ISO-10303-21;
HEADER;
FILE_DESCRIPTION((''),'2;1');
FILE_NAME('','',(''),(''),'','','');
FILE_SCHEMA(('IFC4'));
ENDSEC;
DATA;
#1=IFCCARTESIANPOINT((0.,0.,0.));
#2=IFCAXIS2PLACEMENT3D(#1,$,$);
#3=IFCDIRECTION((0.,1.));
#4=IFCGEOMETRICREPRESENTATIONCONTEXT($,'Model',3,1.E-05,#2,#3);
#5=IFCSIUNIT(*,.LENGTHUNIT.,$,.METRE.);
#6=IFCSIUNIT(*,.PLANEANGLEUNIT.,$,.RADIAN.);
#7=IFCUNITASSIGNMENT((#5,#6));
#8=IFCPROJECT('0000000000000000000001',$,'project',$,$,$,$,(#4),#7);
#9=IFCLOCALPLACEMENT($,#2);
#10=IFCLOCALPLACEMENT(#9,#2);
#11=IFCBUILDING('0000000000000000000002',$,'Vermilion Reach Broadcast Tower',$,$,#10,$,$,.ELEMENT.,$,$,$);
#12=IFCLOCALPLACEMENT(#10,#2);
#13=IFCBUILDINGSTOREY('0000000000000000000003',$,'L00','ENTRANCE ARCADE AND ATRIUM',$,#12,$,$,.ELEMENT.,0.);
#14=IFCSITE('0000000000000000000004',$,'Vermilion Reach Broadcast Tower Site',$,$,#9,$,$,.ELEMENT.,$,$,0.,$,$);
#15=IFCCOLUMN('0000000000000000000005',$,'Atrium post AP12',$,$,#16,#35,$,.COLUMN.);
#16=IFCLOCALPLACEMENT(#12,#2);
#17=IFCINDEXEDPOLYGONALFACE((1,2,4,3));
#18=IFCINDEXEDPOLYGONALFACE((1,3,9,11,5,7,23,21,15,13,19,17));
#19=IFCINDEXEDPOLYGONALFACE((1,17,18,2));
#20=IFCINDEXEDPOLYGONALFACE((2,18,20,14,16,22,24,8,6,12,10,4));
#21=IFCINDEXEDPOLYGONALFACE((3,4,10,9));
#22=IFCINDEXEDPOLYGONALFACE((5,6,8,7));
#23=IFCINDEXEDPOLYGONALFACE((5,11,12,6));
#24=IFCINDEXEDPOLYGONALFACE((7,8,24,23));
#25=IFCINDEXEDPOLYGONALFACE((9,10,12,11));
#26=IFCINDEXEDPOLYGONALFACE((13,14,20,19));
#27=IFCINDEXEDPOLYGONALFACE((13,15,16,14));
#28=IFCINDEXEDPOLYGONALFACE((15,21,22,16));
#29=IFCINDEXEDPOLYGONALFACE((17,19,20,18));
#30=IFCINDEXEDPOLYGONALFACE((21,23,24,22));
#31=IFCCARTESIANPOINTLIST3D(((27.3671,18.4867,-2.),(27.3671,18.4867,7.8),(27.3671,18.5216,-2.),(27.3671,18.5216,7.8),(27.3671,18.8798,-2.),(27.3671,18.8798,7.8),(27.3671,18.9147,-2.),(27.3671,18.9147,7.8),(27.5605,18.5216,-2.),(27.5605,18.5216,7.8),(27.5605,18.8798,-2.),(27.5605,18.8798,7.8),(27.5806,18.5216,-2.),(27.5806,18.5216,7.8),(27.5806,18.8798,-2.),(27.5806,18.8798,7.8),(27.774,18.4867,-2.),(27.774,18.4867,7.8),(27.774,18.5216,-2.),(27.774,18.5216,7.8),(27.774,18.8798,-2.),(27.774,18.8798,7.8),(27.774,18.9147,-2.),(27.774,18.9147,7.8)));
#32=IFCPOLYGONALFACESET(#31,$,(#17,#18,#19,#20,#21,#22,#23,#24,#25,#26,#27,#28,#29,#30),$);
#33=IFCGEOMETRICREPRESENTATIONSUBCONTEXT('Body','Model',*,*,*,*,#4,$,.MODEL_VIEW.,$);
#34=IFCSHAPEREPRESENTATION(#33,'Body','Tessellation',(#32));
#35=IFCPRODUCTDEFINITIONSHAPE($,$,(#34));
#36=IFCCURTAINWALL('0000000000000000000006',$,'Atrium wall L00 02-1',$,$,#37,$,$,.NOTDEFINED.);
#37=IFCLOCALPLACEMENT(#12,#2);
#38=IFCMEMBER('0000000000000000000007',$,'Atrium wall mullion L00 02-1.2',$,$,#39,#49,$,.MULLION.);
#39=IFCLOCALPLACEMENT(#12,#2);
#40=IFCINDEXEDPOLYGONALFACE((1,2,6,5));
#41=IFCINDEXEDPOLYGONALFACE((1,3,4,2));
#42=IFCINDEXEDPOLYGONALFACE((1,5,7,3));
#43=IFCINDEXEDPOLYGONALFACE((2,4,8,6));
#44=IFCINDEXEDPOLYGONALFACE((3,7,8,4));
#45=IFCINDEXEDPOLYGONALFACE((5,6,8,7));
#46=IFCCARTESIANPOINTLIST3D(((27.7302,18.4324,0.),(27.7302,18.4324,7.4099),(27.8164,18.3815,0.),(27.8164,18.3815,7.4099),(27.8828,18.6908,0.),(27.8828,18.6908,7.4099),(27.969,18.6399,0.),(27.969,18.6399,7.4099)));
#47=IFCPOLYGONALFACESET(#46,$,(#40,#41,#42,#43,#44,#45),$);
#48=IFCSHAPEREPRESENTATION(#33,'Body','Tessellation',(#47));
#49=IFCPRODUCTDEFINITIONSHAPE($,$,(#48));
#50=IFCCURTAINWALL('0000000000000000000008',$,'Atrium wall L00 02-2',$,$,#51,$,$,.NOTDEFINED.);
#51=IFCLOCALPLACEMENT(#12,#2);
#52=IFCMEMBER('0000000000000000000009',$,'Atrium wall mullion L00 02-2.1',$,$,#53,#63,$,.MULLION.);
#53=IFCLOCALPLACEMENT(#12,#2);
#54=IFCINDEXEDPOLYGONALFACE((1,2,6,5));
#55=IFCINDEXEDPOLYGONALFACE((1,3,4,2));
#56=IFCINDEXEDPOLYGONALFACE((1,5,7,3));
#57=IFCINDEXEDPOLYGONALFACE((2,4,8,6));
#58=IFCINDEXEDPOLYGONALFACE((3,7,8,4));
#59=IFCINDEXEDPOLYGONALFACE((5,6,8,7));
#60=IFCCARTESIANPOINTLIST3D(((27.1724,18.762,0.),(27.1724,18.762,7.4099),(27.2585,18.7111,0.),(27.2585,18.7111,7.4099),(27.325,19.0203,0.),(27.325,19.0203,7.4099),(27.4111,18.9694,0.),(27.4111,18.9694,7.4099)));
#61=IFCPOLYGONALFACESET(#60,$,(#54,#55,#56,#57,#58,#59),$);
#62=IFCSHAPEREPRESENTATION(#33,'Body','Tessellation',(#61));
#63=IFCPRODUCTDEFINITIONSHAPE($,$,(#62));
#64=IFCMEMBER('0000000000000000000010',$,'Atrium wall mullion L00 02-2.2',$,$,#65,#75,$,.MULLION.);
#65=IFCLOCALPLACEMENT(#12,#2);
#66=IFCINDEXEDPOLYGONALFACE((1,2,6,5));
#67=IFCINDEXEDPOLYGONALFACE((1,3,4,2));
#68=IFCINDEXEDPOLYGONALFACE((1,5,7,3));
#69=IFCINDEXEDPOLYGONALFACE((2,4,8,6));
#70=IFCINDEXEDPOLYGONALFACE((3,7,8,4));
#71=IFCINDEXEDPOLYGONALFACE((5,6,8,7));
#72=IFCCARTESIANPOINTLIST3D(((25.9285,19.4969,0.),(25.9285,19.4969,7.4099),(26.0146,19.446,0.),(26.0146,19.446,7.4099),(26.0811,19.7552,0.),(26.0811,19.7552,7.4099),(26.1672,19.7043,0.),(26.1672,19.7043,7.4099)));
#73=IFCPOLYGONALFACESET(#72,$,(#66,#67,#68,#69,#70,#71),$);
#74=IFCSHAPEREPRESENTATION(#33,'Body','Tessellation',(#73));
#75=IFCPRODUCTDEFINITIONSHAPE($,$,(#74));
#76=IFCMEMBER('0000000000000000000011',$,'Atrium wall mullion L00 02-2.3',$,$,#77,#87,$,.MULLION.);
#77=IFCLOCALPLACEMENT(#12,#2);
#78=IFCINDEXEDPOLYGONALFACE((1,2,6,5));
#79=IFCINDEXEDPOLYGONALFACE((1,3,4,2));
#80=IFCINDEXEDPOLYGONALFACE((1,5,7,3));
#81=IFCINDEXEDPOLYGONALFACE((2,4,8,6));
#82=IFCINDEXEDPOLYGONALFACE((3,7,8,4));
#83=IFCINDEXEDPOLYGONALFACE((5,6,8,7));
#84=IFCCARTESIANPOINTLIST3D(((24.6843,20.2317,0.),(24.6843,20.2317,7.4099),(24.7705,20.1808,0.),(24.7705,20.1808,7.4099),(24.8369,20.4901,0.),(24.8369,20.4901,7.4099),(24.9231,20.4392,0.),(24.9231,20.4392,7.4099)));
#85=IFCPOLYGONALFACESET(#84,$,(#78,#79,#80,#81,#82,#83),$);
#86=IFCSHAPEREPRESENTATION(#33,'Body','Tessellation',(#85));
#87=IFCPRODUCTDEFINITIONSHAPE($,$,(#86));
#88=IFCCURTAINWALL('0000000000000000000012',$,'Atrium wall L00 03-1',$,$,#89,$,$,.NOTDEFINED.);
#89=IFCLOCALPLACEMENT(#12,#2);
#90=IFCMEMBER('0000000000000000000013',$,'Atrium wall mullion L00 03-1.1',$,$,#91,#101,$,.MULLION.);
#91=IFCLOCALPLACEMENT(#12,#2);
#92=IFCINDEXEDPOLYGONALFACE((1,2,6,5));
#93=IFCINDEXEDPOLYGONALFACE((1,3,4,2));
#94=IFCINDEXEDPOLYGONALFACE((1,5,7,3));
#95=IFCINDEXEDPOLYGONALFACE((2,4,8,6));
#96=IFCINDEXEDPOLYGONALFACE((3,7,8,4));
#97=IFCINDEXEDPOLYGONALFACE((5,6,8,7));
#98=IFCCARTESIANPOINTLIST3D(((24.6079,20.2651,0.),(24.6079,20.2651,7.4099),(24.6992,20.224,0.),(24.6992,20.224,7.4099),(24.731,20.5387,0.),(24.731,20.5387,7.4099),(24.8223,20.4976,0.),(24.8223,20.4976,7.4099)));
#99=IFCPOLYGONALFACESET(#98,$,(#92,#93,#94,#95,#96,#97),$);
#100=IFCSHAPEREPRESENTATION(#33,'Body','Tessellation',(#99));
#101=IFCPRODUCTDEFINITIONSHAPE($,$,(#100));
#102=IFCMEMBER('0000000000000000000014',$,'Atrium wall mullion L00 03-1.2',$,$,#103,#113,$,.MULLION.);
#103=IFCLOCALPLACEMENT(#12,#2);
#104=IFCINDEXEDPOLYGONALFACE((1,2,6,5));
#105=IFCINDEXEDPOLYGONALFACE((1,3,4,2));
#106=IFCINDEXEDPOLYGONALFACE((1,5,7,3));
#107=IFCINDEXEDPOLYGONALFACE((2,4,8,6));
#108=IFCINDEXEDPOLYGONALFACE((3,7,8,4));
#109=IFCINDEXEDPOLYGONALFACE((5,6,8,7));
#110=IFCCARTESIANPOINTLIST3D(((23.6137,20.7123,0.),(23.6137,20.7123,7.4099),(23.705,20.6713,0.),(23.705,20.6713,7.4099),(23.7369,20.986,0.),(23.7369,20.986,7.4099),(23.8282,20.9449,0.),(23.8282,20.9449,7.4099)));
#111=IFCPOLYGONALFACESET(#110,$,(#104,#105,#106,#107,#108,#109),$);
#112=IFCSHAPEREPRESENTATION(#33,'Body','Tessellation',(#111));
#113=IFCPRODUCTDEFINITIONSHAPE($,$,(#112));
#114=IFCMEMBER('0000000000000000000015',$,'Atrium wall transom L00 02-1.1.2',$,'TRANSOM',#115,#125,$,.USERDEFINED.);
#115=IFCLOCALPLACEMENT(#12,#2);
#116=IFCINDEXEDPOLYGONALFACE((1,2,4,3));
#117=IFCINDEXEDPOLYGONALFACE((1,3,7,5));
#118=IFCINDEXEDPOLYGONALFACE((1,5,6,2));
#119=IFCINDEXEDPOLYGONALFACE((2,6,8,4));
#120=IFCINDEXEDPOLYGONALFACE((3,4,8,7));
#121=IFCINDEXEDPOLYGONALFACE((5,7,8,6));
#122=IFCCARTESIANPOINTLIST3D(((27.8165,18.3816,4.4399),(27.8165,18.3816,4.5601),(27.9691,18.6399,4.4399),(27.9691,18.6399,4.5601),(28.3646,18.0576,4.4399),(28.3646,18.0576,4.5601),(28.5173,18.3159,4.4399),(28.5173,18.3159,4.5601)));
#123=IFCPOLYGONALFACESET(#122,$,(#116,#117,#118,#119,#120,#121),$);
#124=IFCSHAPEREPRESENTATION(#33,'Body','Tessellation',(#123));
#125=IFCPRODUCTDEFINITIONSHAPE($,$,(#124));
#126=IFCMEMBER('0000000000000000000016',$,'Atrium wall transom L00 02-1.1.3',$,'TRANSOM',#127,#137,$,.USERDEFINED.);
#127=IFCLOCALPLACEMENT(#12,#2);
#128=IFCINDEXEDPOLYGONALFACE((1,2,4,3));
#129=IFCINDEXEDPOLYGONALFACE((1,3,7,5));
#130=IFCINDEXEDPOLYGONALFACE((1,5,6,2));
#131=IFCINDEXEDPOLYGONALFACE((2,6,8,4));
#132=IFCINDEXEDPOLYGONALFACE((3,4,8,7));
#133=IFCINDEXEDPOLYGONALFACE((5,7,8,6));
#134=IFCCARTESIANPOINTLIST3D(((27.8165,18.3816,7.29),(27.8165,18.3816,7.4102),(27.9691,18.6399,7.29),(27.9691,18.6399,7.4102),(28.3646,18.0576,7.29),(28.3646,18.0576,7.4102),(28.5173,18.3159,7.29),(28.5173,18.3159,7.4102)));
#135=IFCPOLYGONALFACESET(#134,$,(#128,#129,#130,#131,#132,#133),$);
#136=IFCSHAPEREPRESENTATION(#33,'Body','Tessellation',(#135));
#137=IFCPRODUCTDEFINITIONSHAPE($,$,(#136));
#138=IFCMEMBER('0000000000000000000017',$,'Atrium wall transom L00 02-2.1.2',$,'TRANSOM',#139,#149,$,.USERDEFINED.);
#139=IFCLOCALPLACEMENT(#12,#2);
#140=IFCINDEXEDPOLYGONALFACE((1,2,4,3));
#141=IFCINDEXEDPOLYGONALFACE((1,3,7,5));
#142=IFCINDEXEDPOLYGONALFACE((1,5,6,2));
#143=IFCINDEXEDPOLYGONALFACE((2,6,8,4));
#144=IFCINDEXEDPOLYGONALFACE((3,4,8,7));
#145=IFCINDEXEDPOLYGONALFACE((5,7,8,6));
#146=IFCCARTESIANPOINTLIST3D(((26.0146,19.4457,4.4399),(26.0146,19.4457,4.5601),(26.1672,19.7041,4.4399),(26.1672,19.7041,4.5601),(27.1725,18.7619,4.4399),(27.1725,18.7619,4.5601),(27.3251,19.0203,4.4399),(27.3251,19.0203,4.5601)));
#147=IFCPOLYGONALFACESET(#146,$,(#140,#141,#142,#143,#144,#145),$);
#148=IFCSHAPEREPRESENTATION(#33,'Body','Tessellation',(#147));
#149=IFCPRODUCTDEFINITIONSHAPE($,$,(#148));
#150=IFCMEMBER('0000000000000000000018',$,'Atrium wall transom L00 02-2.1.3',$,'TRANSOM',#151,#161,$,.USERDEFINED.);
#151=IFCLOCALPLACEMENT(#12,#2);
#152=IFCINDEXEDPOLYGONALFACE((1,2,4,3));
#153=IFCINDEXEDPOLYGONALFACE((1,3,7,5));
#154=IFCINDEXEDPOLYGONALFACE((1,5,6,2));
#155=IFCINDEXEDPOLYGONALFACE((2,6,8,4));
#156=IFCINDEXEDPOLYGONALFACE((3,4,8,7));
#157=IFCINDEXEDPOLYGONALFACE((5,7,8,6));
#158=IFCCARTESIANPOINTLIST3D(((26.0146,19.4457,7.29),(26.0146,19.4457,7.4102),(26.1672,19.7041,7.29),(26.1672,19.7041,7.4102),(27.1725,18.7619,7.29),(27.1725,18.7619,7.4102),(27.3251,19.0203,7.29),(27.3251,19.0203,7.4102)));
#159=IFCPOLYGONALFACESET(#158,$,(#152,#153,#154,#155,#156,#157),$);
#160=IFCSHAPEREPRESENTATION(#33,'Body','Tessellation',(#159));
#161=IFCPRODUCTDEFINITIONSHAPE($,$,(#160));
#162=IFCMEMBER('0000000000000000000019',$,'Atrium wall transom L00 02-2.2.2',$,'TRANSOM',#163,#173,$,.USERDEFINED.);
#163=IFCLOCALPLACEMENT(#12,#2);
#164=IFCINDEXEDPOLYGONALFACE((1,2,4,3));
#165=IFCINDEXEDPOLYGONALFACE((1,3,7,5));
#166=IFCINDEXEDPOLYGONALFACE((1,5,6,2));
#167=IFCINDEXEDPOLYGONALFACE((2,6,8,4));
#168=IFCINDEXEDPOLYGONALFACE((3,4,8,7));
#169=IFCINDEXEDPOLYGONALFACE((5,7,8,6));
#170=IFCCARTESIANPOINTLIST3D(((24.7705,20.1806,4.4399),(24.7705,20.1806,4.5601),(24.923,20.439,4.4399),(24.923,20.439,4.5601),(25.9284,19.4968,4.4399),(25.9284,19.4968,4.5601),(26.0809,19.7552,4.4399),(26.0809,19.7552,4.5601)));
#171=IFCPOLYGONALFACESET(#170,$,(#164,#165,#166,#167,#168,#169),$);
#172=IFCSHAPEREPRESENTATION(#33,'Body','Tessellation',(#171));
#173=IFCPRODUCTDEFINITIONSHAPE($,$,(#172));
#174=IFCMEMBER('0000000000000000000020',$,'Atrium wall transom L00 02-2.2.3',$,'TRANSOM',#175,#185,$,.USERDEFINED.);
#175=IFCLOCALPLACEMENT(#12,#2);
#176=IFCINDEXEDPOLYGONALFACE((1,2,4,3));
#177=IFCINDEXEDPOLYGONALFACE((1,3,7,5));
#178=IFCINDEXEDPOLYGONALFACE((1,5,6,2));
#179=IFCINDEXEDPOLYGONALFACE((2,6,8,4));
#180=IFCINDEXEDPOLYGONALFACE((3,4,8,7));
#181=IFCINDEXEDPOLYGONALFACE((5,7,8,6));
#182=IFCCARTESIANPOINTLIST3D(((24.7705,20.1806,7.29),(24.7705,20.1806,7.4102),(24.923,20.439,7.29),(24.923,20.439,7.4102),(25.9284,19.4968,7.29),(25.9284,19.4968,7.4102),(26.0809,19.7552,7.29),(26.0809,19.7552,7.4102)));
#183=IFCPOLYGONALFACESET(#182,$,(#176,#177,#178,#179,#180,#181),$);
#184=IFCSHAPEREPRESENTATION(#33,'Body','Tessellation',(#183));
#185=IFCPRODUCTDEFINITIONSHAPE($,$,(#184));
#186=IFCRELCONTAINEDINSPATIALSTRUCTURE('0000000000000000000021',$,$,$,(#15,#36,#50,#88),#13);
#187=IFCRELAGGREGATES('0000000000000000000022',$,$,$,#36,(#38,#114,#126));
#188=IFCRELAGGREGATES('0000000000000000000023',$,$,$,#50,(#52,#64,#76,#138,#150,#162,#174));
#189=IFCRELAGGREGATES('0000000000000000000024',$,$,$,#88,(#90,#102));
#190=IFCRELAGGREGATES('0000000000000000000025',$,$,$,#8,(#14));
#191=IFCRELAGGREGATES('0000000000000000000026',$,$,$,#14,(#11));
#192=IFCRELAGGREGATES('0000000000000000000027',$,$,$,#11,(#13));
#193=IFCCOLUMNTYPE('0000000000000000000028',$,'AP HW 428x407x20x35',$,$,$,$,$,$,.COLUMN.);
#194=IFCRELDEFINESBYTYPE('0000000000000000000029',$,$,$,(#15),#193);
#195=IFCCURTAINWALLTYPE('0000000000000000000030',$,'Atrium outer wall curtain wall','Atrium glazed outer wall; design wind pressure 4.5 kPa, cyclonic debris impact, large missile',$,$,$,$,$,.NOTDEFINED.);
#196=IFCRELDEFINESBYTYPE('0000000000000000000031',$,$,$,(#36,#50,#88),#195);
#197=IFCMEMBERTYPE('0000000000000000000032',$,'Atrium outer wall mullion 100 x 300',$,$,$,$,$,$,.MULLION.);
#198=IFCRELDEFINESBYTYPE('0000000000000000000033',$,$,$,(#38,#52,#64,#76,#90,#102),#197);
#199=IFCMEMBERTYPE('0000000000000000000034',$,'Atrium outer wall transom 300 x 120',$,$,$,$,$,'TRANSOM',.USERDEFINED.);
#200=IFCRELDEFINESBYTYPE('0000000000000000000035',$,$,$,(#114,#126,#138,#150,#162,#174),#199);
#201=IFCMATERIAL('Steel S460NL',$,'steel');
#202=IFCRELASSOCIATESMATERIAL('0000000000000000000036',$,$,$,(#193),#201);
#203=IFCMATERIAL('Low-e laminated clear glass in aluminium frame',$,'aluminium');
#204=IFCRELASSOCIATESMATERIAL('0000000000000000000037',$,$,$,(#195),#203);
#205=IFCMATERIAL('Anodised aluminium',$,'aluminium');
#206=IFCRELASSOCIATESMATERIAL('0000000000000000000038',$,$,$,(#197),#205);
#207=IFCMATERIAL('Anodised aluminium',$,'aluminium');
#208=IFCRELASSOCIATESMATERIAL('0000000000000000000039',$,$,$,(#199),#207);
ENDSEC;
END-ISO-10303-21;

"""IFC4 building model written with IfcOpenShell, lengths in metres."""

from ifc_helpers import new_model, si_unit, direction, frame, origin, origin_2d, place, context, subcontext, project, spatial, rectangle, i_section, extrude, material, material_profile, profile_set, type_object, element, aggregate, save


model = new_model("IFC4")

# Units and contexts
model_context = context("Model", 3, precision=1e-05, world=origin(), true_north=direction((0.0, 1.0)))
body_context = subcontext(model_context, "Body", "Model", "MODEL_VIEW")
ifc_project = project(units=[si_unit("LENGTHUNIT", "METRE"), si_unit("PLANEANGLEUNIT", "RADIAN")], contexts=[model_context])

# Site, building, storey
site_placement = place(None, origin())
site = spatial("IfcSite", under=ifc_project, at=site_placement, Name="Vermilion Reach Broadcast Tower Site", CompositionType="ELEMENT", RefElevation=0.0)
building_placement = place(site_placement, origin())
building = spatial("IfcBuilding", under=site, at=building_placement, Name="Vermilion Reach Broadcast Tower", CompositionType="ELEMENT")
storey_placement = place(building_placement, origin())
storey = spatial("IfcBuildingStorey", under=building, at=storey_placement, Name="L00", Description="ENTRANCE ARCADE AND ATRIUM", CompositionType="ELEMENT", Elevation=0.0)

# Column
ifc_material_1 = material(Name="Steel S460NL", Category="steel")
ifc_material_profile_1 = material_profile(ifc_material_1, i_section(OverallWidth=0.407, OverallDepth=0.428, WebThickness=0.02, FlangeThickness=0.0349, at=origin_2d()), Name="S460NL HW 428x407x20x35")
ifc_profile_set_1 = profile_set([ifc_material_profile_1], Name="Steel S460NL")
column_type = type_object("IfcColumnType", Name="AP HW 428x407x20x35", PredefinedType="COLUMN", material=ifc_profile_set_1)
column_placement = place(storey_placement, frame((27.5706, 18.7007, -2.0), z_axis=(0.0, 0.0, 1.0), x_axis=(1.0, 0.0, 0.0)))
element("IfcColumn", 1, at=column_placement, inside=storey, type_object=column_type, Name="Atrium post AP12", PredefinedType="COLUMN", context=body_context, shape_type="SweptSolid", body=[
    extrude(i_section(OverallWidth=0.407, OverallDepth=0.428, WebThickness=0.02, FlangeThickness=0.0349, at=origin_2d()), origin(), (0.0, 0.0, 1.0), 9.8),
])

# Curtain wall, member
ifc_material_2 = material(Name="Low-e laminated clear glass in aluminium frame", Category="aluminium")
curtain_wall_type = type_object("IfcCurtainWallType", Name="Atrium outer wall curtain wall", Description="Atrium glazed outer wall; design wind pressure 4.5 kPa, cyclonic debris impact, large missile", PredefinedType="NOTDEFINED", material=ifc_material_2)
placement = place(storey_placement, origin())
curtain_wall_1 = element("IfcCurtainWall", 2, at=placement, inside=storey, type_object=curtain_wall_type, Name="Atrium wall L00 02-1", PredefinedType="NOTDEFINED")
ifc_material_3 = material(Name="Anodised aluminium", Category="aluminium")
ifc_material_profile_2 = material_profile(ifc_material_3, rectangle(XDim=0.3, YDim=0.1001, at=origin_2d()), Name="Atrium outer wall mullion 100 x 300")
ifc_profile_set_2 = profile_set([ifc_material_profile_2], Name="Anodised aluminium")
member_type_1 = type_object("IfcMemberType", Name="Atrium outer wall mullion 100 x 300", PredefinedType="MULLION", material=ifc_profile_set_2)
member_1_placement = place(storey_placement, frame((27.8496, 18.5361, 0.0), z_axis=(0.0, 0.0, 1.0), x_axis=(-0.50859, -0.861009, 0.0)))
member_1 = element("IfcMember", 3, at=member_1_placement, type_object=member_type_1, Name="Atrium wall mullion L00 02-1.2", PredefinedType="MULLION", context=body_context, shape_type="SweptSolid", body=[
    extrude(rectangle(XDim=0.3, YDim=0.1001, at=origin_2d()), origin(), (0.0, 0.0, 1.0), 7.4099),
])

# Curtain walls, members
curtain_wall_2 = element("IfcCurtainWall", 4, at=placement, inside=storey, type_object=curtain_wall_type, Name="Atrium wall L00 02-2", PredefinedType="NOTDEFINED")
member_2_placement = place(storey_placement, frame((27.2917, 18.8657, 0.0), z_axis=(0.0, 0.0, 1.0), x_axis=(-0.50859, -0.861009, 0.0)))
member_2 = element("IfcMember", 5, at=member_2_placement, type_object=member_type_1, Name="Atrium wall mullion L00 02-2.1", PredefinedType="MULLION", context=body_context, shape_type="SweptSolid", body=[
    extrude(rectangle(XDim=0.3, YDim=0.1001, at=origin_2d()), origin(), (0.0, 0.0, 1.0), 7.4099),
])
member_3_placement = place(storey_placement, frame((26.0479, 19.6006, 0.0), z_axis=(0.0, 0.0, 1.0), x_axis=(-0.50859, -0.861009, 0.0)))
member_3 = element("IfcMember", 6, at=member_3_placement, type_object=member_type_1, Name="Atrium wall mullion L00 02-2.2", PredefinedType="MULLION", context=body_context, shape_type="SweptSolid", body=[
    extrude(rectangle(XDim=0.3, YDim=0.1001, at=origin_2d()), origin(), (0.0, 0.0, 1.0), 7.4099),
])
member_4_placement = place(storey_placement, frame((24.8037, 20.3354, 0.0), z_axis=(0.0, 0.0, 1.0), x_axis=(-0.50859, -0.861009, 0.0)))
member_4 = element("IfcMember", 7, at=member_4_placement, type_object=member_type_1, Name="Atrium wall mullion L00 02-2.3", PredefinedType="MULLION", context=body_context, shape_type="SweptSolid", body=[
    extrude(rectangle(XDim=0.3, YDim=0.1001, at=origin_2d()), origin(), (0.0, 0.0, 1.0), 7.4099),
])
curtain_wall_3 = element("IfcCurtainWall", 8, at=placement, inside=storey, type_object=curtain_wall_type, Name="Atrium wall L00 03-1", PredefinedType="NOTDEFINED")
member_5_placement = place(storey_placement, frame((24.7151, 20.3813, 0.0), z_axis=(0.0, 0.0, 1.0), x_axis=(-0.410408, -0.911902, 0.0)))
member_5 = element("IfcMember", 9, at=member_5_placement, type_object=member_type_1, Name="Atrium wall mullion L00 03-1.1", PredefinedType="MULLION", context=body_context, shape_type="SweptSolid", body=[
    extrude(rectangle(XDim=0.3, YDim=0.1001, at=origin_2d()), origin(), (0.0, 0.0, 1.0), 7.4099),
])
member_6_placement = place(storey_placement, frame((23.7209, 20.8286, 0.0), z_axis=(0.0, 0.0, 1.0), x_axis=(-0.410408, -0.911902, 0.0)))
member_6 = element("IfcMember", 10, at=member_6_placement, type_object=member_type_1, Name="Atrium wall mullion L00 03-1.2", PredefinedType="MULLION", context=body_context, shape_type="SweptSolid", body=[
    extrude(rectangle(XDim=0.3, YDim=0.1001, at=origin_2d()), origin(), (0.0, 0.0, 1.0), 7.4099),
])

# Members
ifc_material_4 = material(Name="Anodised aluminium", Category="aluminium")
ifc_material_profile_3 = material_profile(ifc_material_4, rectangle(XDim=0.3, YDim=0.1201, at=origin_2d()), Name="Atrium outer wall transom 300 x 120")
ifc_profile_set_3 = profile_set([ifc_material_profile_3], Name="Anodised aluminium")
member_type_2 = type_object("IfcMemberType", Name="Atrium outer wall transom 300 x 120", ElementType="TRANSOM", PredefinedType="USERDEFINED", material=ifc_profile_set_3)
member_7_placement = place(storey_placement, frame((28.4409, 18.1868, 4.5), z_axis=(-0.860858, 0.508846, 0.0), x_axis=(-0.508846, -0.860858, 0.0)))
member_7 = element("IfcMember", 11, at=member_7_placement, type_object=member_type_2, Name="Atrium wall transom L00 02-1.1.2", ObjectType="TRANSOM", PredefinedType="USERDEFINED", context=body_context, shape_type="SweptSolid", body=[
    extrude(rectangle(XDim=0.3, YDim=0.1201, at=origin_2d()), origin(), (0.0, 0.0, 1.0), 0.6367),
])
member_8_placement = place(storey_placement, frame((28.4409, 18.1868, 7.3501), z_axis=(-0.860858, 0.508846, 0.0), x_axis=(-0.508846, -0.860858, 0.0)))
member_8 = element("IfcMember", 12, at=member_8_placement, type_object=member_type_2, Name="Atrium wall transom L00 02-1.1.3", ObjectType="TRANSOM", PredefinedType="USERDEFINED", context=body_context, shape_type="SweptSolid", body=[
    extrude(rectangle(XDim=0.3, YDim=0.1201, at=origin_2d()), origin(), (0.0, 0.0, 1.0), 0.6367),
])
member_9_placement = place(storey_placement, frame((27.2488, 18.8911, 4.5), z_axis=(-0.86106, 0.508503, 0.0), x_axis=(-0.508503, -0.86106, 0.0)))
member_9 = element("IfcMember", 13, at=member_9_placement, type_object=member_type_2, Name="Atrium wall transom L00 02-2.1.2", ObjectType="TRANSOM", PredefinedType="USERDEFINED", context=body_context, shape_type="SweptSolid", body=[
    extrude(rectangle(XDim=0.3, YDim=0.1201, at=origin_2d()), origin(), (0.0, 0.0, 1.0), 1.3447),
])
member_10_placement = place(storey_placement, frame((27.2488, 18.8911, 7.3501), z_axis=(-0.86106, 0.508503, 0.0), x_axis=(-0.508503, -0.86106, 0.0)))
member_10 = element("IfcMember", 14, at=member_10_placement, type_object=member_type_2, Name="Atrium wall transom L00 02-2.1.3", ObjectType="TRANSOM", PredefinedType="USERDEFINED", context=body_context, shape_type="SweptSolid", body=[
    extrude(rectangle(XDim=0.3, YDim=0.1201, at=origin_2d()), origin(), (0.0, 0.0, 1.0), 1.3447),
])
member_11_placement = place(storey_placement, frame((26.0046, 19.626, 4.5), z_axis=(-0.86106, 0.508503, 0.0), x_axis=(-0.508503, -0.86106, 0.0)))
member_11 = element("IfcMember", 15, at=member_11_placement, type_object=member_type_2, Name="Atrium wall transom L00 02-2.2.2", ObjectType="TRANSOM", PredefinedType="USERDEFINED", context=body_context, shape_type="SweptSolid", body=[
    extrude(rectangle(XDim=0.3, YDim=0.1201, at=origin_2d()), origin(), (0.0, 0.0, 1.0), 1.3447),
])
member_12_placement = place(storey_placement, frame((26.0046, 19.626, 7.3501), z_axis=(-0.86106, 0.508503, 0.0), x_axis=(-0.508503, -0.86106, 0.0)))
member_12 = element("IfcMember", 16, at=member_12_placement, type_object=member_type_2, Name="Atrium wall transom L00 02-2.2.3", ObjectType="TRANSOM", PredefinedType="USERDEFINED", context=body_context, shape_type="SweptSolid", body=[
    extrude(rectangle(XDim=0.3, YDim=0.1201, at=origin_2d()), origin(), (0.0, 0.0, 1.0), 1.3447),
])

aggregate(curtain_wall_1, [member_1, member_7, member_8])
aggregate(curtain_wall_2, [member_2, member_3, member_4, member_9, member_10, member_11, member_12])
aggregate(curtain_wall_3, [member_5, member_6])

save(model, "model.ifc")
